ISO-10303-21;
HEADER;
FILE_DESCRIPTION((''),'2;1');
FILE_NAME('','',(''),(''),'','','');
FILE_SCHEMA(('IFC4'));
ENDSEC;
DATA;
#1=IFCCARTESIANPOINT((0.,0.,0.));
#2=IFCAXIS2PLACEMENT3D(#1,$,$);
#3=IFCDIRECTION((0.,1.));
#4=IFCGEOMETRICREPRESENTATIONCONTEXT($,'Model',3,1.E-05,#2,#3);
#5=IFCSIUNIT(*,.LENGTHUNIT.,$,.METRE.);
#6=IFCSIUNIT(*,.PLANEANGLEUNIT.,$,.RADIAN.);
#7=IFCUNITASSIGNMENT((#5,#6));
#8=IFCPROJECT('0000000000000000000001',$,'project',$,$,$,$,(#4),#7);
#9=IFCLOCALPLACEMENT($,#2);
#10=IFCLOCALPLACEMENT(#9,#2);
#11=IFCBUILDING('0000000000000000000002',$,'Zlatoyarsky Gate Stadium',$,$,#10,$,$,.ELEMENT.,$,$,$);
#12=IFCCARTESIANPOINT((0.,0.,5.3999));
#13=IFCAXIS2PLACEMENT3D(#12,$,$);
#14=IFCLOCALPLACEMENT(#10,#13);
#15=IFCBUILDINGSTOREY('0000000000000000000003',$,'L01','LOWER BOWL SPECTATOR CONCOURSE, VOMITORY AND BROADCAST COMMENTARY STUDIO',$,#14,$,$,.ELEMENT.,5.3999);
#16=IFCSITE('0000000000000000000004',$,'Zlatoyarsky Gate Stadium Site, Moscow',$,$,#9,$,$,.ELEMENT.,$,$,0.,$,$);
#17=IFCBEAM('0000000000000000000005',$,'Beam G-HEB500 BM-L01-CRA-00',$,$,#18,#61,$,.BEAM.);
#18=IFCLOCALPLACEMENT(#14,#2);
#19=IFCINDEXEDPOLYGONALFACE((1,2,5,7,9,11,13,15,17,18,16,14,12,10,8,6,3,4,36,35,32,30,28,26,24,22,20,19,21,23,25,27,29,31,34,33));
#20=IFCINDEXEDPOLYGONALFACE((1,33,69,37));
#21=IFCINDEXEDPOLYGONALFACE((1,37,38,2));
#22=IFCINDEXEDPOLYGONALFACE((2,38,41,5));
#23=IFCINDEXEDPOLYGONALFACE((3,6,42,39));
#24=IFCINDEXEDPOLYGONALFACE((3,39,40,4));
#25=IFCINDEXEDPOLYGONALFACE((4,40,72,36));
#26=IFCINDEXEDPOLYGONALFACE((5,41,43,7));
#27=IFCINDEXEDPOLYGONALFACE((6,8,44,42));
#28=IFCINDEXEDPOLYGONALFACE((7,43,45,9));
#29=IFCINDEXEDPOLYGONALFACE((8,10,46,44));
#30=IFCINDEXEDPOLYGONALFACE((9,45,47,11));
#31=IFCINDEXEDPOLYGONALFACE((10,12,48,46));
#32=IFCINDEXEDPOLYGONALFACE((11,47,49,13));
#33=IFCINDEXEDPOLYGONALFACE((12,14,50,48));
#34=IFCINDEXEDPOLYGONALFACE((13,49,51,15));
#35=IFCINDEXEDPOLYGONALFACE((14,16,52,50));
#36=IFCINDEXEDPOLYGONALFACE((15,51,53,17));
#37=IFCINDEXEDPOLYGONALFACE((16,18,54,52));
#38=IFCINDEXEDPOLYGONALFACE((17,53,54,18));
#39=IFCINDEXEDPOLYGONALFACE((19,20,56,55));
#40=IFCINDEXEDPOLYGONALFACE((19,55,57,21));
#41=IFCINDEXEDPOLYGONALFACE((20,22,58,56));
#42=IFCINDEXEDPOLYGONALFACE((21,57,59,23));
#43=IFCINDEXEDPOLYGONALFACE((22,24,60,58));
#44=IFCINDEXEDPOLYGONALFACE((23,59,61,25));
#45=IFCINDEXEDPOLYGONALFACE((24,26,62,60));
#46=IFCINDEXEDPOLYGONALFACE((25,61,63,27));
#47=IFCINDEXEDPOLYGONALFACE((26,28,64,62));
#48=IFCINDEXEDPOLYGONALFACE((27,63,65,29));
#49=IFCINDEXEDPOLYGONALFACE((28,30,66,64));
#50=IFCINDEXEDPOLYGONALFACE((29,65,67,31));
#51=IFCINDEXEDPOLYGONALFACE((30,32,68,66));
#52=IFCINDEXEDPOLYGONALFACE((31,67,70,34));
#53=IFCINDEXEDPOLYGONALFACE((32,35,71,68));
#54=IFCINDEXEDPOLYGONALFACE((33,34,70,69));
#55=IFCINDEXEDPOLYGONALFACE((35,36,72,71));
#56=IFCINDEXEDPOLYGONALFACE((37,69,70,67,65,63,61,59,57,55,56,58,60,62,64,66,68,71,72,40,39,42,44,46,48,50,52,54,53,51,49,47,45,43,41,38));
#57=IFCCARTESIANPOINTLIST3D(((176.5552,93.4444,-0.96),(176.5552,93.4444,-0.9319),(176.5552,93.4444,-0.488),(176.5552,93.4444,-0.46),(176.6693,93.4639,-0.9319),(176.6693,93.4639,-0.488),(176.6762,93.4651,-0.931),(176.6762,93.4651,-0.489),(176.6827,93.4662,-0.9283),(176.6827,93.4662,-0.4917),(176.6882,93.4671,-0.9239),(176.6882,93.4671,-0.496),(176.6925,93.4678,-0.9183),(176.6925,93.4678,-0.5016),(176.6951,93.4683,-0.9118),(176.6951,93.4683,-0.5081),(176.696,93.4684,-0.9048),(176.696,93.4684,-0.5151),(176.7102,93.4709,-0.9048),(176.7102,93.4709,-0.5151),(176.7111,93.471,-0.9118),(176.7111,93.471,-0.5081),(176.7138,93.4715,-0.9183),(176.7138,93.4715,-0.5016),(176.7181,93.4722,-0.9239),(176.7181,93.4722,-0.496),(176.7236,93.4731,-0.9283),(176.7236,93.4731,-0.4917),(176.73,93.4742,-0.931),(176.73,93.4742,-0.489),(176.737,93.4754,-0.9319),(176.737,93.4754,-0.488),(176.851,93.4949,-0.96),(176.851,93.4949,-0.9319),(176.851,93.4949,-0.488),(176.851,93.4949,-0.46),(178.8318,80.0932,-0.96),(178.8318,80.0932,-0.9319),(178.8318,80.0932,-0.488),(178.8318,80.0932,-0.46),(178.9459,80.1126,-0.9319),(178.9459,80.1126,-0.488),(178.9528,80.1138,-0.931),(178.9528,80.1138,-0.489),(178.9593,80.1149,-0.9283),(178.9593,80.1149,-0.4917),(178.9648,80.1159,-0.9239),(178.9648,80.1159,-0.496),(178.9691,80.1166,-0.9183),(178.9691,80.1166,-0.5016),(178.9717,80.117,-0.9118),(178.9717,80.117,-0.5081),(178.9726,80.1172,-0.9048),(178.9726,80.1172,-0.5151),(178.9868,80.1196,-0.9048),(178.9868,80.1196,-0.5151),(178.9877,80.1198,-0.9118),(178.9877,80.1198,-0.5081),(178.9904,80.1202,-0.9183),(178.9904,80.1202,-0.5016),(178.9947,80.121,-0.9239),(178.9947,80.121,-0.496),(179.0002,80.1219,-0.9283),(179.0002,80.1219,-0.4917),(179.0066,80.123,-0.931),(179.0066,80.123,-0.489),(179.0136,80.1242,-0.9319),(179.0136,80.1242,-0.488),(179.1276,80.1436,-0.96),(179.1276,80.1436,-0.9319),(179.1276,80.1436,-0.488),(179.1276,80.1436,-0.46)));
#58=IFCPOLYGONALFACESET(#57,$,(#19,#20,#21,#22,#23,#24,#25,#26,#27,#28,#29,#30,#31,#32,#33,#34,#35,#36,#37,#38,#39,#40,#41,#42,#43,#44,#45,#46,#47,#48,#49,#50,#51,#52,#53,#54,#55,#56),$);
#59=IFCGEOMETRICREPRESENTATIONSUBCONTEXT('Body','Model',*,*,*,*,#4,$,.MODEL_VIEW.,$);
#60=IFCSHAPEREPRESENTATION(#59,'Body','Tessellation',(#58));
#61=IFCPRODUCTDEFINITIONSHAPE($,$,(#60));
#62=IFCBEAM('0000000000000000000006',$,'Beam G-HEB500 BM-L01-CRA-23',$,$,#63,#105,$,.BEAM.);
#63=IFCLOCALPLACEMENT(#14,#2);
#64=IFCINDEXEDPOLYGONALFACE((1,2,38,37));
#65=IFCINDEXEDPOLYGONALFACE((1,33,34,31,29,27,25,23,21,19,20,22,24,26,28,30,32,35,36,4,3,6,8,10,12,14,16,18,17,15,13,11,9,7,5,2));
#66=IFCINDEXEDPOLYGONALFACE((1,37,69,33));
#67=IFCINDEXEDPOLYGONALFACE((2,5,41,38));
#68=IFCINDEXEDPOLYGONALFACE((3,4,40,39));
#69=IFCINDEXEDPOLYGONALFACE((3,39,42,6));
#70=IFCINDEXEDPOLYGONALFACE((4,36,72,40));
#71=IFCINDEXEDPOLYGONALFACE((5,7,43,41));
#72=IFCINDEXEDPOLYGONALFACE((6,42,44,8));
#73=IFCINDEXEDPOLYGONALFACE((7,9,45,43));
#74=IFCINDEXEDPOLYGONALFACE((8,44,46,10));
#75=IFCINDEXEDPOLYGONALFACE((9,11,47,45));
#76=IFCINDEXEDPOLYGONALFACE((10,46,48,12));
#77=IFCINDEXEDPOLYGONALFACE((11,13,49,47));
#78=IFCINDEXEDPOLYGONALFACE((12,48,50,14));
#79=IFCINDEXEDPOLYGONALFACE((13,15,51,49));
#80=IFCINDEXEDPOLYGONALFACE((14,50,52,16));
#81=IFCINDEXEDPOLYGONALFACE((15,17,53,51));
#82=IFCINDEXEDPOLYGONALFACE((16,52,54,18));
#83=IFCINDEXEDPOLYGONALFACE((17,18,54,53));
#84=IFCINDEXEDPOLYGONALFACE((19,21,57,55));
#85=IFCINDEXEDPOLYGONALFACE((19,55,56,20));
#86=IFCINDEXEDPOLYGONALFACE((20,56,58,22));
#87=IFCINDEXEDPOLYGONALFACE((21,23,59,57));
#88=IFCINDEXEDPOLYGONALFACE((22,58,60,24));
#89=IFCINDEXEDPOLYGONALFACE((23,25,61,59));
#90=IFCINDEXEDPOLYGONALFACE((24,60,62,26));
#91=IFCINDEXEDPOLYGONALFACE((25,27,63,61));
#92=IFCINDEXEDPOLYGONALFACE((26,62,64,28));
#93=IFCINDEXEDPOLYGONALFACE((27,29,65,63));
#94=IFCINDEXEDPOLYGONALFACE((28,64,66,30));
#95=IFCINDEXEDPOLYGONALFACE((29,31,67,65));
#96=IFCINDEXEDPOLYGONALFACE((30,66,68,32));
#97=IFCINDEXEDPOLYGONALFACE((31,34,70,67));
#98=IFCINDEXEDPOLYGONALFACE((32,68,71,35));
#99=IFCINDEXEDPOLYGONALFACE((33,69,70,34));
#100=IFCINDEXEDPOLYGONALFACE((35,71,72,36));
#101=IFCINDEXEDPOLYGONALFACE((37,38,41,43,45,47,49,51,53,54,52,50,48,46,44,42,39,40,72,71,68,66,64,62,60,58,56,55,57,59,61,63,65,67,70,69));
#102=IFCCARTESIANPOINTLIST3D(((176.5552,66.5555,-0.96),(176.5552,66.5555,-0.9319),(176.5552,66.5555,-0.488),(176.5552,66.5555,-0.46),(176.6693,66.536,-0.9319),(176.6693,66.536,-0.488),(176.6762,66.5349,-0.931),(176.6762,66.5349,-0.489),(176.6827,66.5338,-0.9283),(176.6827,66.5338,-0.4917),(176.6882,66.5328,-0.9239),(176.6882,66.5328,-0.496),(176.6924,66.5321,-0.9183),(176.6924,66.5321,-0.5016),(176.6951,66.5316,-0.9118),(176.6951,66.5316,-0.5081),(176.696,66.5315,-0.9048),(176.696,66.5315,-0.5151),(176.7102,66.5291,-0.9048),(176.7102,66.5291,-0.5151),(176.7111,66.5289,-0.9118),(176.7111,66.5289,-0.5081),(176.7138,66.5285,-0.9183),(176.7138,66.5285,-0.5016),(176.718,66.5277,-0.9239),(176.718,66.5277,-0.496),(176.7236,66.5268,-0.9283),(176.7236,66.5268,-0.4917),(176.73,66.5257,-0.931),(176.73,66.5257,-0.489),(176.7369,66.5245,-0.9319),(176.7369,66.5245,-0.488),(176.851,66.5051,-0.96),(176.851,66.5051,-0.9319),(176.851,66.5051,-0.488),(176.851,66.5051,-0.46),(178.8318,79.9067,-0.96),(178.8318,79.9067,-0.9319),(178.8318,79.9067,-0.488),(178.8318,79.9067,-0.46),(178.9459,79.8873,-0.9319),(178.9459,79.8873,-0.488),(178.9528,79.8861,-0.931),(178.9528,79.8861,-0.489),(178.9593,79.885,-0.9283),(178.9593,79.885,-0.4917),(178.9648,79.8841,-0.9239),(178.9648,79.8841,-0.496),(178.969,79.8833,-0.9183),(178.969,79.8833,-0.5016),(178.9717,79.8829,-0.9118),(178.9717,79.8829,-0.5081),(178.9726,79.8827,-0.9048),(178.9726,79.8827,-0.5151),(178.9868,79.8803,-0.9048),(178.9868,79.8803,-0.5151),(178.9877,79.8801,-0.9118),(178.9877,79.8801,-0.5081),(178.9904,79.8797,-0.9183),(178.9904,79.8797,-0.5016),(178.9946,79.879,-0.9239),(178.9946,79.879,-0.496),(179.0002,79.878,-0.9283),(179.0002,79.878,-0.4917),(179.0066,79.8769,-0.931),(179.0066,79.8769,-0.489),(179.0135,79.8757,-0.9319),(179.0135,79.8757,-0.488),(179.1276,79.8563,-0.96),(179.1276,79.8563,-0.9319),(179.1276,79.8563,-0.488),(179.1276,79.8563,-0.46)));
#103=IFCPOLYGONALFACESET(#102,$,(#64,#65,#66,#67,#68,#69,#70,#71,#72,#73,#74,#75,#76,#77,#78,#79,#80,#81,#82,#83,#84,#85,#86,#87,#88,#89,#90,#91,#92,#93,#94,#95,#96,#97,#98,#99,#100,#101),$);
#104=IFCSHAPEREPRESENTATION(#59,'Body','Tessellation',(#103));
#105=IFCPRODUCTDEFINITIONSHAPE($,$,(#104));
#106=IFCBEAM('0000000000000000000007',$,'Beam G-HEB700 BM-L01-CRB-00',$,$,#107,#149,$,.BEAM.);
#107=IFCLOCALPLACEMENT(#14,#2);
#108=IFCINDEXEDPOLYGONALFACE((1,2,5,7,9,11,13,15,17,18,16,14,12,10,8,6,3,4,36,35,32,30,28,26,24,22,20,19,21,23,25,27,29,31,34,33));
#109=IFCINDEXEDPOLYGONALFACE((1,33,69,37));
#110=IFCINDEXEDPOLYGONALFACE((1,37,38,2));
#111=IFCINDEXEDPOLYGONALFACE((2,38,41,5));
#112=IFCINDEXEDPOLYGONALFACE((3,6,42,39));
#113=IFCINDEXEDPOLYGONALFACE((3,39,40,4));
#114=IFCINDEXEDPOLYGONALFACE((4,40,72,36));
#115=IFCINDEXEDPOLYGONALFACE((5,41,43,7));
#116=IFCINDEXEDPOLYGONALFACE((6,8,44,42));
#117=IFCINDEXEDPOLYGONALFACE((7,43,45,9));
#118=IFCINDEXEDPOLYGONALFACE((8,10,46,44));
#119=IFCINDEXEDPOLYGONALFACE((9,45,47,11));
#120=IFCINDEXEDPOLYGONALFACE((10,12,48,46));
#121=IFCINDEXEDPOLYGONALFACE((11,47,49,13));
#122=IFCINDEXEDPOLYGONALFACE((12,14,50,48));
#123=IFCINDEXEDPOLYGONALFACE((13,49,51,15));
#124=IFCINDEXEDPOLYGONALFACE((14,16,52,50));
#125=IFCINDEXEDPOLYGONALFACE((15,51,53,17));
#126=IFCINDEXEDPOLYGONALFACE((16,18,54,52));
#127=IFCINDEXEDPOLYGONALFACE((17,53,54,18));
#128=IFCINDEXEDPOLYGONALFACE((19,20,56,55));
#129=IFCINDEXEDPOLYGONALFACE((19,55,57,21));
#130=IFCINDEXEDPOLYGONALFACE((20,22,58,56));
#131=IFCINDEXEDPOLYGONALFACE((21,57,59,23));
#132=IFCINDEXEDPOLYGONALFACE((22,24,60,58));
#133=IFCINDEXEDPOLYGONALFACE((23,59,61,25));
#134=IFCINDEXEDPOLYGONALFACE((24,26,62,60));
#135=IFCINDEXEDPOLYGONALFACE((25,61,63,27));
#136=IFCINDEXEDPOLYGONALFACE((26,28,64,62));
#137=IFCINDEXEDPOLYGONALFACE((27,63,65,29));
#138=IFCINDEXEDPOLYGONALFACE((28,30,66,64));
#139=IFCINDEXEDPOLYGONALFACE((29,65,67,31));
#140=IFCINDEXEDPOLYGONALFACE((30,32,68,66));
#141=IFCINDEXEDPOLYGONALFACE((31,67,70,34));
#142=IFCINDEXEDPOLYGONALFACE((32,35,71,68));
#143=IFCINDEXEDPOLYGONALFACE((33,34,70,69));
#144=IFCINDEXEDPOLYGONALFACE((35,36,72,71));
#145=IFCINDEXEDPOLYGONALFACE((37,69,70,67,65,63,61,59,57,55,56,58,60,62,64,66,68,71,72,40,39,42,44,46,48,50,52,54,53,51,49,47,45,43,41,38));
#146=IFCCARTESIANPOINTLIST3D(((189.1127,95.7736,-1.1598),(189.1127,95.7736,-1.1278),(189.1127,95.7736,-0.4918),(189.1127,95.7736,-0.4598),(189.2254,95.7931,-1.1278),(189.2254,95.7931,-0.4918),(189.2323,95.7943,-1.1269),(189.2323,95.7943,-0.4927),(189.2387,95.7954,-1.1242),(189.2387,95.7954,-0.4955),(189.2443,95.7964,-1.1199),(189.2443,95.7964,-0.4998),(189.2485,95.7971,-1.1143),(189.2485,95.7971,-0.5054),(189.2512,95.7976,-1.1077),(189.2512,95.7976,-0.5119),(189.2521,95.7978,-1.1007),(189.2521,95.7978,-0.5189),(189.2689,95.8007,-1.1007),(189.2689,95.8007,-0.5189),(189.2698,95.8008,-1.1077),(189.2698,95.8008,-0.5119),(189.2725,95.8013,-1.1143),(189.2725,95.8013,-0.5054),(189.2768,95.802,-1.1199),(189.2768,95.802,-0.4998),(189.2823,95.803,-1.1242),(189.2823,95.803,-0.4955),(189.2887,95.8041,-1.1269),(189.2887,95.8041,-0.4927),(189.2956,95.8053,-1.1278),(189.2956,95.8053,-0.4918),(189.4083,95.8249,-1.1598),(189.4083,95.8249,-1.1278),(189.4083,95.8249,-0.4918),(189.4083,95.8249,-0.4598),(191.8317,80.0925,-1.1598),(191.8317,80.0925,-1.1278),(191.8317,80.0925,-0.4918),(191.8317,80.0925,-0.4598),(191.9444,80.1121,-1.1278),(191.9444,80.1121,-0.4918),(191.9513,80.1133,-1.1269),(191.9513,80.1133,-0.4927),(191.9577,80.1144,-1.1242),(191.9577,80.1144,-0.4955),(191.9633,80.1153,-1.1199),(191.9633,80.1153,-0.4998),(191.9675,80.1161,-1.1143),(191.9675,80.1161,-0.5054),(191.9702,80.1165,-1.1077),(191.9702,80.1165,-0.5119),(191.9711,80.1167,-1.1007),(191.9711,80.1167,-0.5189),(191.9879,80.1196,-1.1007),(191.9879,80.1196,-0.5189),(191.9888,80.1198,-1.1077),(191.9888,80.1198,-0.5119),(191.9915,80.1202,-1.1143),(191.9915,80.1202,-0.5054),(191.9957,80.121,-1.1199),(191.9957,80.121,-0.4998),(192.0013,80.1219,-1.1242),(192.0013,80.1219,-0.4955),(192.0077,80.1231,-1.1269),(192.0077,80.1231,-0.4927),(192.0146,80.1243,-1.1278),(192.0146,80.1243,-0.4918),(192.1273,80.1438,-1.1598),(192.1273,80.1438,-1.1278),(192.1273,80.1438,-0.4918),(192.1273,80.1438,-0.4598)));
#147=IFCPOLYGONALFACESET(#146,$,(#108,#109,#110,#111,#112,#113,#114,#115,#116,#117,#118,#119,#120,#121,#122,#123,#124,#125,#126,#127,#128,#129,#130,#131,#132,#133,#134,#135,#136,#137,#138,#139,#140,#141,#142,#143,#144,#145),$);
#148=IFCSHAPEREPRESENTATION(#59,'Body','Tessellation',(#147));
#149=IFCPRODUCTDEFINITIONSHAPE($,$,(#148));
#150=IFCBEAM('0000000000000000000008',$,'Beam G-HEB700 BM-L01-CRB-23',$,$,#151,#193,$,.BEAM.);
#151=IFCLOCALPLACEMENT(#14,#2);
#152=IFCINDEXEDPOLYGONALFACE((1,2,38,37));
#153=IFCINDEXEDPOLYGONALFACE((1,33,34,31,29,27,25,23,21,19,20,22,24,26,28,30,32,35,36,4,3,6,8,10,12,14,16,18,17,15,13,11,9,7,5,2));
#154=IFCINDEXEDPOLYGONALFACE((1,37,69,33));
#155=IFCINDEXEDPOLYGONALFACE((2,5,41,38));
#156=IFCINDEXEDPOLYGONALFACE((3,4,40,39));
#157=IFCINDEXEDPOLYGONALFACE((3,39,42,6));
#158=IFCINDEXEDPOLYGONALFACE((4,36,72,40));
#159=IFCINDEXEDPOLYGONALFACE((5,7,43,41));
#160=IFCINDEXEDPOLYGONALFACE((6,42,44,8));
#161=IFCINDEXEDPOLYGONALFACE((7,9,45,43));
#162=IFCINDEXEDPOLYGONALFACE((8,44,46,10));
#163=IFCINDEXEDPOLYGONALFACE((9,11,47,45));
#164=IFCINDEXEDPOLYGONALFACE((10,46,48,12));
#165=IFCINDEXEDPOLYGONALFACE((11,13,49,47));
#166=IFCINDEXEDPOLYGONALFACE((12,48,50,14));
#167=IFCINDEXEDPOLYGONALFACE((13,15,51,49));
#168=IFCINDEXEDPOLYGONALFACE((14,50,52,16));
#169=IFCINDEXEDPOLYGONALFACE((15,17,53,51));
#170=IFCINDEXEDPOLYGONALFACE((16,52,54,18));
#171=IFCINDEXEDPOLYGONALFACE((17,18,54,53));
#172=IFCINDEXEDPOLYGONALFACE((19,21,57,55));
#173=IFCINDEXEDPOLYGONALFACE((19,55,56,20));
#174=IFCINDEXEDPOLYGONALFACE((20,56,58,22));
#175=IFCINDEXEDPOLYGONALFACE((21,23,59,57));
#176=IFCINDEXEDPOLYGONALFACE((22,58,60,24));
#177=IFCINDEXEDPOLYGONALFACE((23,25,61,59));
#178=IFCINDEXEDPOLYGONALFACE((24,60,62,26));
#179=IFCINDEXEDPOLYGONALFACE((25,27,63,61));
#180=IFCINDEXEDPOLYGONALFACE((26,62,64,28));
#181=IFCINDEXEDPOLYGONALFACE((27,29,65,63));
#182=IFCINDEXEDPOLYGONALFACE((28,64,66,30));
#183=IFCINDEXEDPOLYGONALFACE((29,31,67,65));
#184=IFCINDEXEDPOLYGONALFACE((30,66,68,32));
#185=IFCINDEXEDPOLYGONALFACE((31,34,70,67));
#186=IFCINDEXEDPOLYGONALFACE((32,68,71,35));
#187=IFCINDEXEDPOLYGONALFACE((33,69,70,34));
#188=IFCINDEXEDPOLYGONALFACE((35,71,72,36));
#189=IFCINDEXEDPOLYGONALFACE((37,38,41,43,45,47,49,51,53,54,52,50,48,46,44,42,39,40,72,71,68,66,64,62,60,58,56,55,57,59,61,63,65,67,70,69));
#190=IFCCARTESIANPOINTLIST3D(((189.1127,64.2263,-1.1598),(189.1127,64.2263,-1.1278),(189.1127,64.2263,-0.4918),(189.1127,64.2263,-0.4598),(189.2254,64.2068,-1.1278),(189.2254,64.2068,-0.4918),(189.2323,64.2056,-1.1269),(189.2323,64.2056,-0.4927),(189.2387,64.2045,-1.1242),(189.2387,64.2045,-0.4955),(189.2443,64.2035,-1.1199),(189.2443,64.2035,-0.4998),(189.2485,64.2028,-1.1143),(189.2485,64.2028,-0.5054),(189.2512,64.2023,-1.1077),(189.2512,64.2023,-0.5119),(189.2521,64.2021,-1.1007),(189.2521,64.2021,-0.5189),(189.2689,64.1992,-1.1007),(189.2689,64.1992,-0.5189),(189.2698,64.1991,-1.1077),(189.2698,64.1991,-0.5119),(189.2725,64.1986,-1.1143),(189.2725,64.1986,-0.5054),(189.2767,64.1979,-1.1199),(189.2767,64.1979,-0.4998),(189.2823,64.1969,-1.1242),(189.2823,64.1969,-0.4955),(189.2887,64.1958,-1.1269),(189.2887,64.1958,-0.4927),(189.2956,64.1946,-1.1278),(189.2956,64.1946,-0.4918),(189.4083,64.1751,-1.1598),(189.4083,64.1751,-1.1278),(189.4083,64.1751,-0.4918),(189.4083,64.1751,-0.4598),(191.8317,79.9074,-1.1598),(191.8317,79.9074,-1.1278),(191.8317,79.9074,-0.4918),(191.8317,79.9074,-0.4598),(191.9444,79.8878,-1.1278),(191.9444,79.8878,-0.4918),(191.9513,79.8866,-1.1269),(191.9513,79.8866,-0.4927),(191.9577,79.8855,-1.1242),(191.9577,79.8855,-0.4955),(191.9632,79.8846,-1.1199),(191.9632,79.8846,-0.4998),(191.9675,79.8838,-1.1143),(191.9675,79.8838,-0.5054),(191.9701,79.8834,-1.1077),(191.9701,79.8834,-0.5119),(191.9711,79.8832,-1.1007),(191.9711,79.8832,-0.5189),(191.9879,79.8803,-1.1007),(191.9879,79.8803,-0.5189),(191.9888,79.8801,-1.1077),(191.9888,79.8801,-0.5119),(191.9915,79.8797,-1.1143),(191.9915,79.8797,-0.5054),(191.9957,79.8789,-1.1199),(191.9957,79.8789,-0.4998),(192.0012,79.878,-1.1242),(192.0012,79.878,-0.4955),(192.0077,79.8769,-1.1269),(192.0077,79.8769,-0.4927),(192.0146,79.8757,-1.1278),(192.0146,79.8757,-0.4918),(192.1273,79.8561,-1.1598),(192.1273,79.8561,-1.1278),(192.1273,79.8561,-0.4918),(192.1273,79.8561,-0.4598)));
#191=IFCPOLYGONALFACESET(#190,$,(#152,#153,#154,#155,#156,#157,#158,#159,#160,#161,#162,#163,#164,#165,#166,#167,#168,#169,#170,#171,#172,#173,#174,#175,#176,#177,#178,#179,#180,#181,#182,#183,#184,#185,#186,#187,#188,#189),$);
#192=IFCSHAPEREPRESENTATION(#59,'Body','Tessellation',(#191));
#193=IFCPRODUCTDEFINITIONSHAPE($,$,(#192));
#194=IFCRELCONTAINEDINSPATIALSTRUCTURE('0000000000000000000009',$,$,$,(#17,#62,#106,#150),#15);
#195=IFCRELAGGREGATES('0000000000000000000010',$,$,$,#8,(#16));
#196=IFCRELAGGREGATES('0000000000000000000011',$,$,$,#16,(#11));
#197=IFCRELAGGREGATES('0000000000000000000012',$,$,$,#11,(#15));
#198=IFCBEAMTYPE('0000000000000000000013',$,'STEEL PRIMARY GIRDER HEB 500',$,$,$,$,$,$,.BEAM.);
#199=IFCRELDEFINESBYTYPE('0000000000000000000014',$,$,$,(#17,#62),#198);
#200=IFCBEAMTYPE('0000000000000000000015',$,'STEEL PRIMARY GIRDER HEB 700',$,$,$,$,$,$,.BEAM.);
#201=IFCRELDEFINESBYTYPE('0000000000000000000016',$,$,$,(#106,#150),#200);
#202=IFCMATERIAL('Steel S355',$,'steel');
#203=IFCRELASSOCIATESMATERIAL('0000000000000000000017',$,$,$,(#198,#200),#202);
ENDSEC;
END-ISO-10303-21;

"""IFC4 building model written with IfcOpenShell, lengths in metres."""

from ifc_helpers import new_model, si_unit, direction, frame, origin, origin_2d, place, context, subcontext, project, spatial, i_section, extrude, material, material_profile, profile_set, type_object, element, save


model = new_model("IFC4")

# Units and contexts
model_context = context("Model", 3, precision=1e-05, world=origin(), true_north=direction((0.0, 1.0)))
body_context = subcontext(model_context, "Body", "Model", "MODEL_VIEW")
ifc_project = project(units=[si_unit("LENGTHUNIT", "METRE"), si_unit("PLANEANGLEUNIT", "RADIAN")], contexts=[model_context])

# Site, building, storey
site_placement = place(None, origin())
site = spatial("IfcSite", under=ifc_project, at=site_placement, Name="Zlatoyarsky Gate Stadium Site, Moscow", CompositionType="ELEMENT", RefElevation=0.0)
building_placement = place(site_placement, origin())
building = spatial("IfcBuilding", under=site, at=building_placement, Name="Zlatoyarsky Gate Stadium", CompositionType="ELEMENT")
storey_placement = place(building_placement, frame((0.0, 0.0, 5.3999)))
storey = spatial("IfcBuildingStorey", under=building, at=storey_placement, Name="L01", Description="LOWER BOWL SPECTATOR CONCOURSE, VOMITORY AND BROADCAST COMMENTARY STUDIO", CompositionType="ELEMENT", Elevation=5.3999)

# Beams
ifc_material_1 = material(Name="Steel S355", Category="steel")
ifc_material_profile_1 = material_profile(ifc_material_1, i_section(OverallWidth=0.3, OverallDepth=0.5, WebThickness=0.0144, FlangeThickness=0.0281, FilletRadius=0.0271, at=origin_2d()), Name="HEB 500")
ifc_profile_set_1 = profile_set([ifc_material_profile_1], Name="Steel S355")
beam_type_1 = type_object("IfcBeamType", Name="STEEL PRIMARY GIRDER HEB 500", PredefinedType="BEAM", material=ifc_profile_set_1)
for number, where, z_axis, x_axis, name in (
    (1, (178.9797, 80.1184, -0.71), (-0.16809, 0.985772, 0.0), (-0.985772, -0.16809, 0.0), "Beam G-HEB500 BM-L01-CRA-00"),
    (2, (176.7031, 66.5303, -0.71), (0.16809, 0.985772, 0.0), (-0.985772, 0.16809, 0.0), "Beam G-HEB500 BM-L01-CRA-23"),
):
    element("IfcBeam", number, at=place(storey_placement, frame(where, z_axis=z_axis, x_axis=x_axis)), inside=storey, type_object=beam_type_1, Name=name, PredefinedType="BEAM", context=body_context, shape_type="SweptSolid", body=[
        extrude(i_section(OverallWidth=0.3, OverallDepth=0.5, WebThickness=0.0144, FlangeThickness=0.0281, FilletRadius=0.0271, at=origin_2d()), origin(), (0.0, 0.0, 1.0), 13.5439),
    ])
ifc_material_profile_2 = material_profile(ifc_material_1, i_section(OverallWidth=0.3, OverallDepth=0.7, WebThickness=0.0171, FlangeThickness=0.032, FilletRadius=0.0271, at=origin_2d()), Name="HEB 700")
ifc_profile_set_2 = profile_set([ifc_material_profile_2], Name="Steel S355")
beam_type_2 = type_object("IfcBeamType", Name="STEEL PRIMARY GIRDER HEB 700", PredefinedType="BEAM", material=ifc_profile_set_2)
for number, where, z_axis, x_axis, name in (
    (3, (191.9795, 80.1182, -0.8098), (-0.170843, 0.985298, 0.0), (-0.985298, -0.170843, 0.0), "Beam G-HEB700 BM-L01-CRB-00"),
    (4, (189.2605, 64.2007, -0.8098), (0.170843, 0.985298, 0.0), (-0.985298, 0.170843, 0.0), "Beam G-HEB700 BM-L01-CRB-23"),
):
    element("IfcBeam", number, at=place(storey_placement, frame(where, z_axis=z_axis, x_axis=x_axis)), inside=storey, type_object=beam_type_2, Name=name, PredefinedType="BEAM", context=body_context, shape_type="SweptSolid", body=[
        extrude(i_section(OverallWidth=0.3, OverallDepth=0.7, WebThickness=0.0171, FlangeThickness=0.032, FilletRadius=0.0271, at=origin_2d()), origin(), (0.0, 0.0, 1.0), 15.915),
    ])

save(model, "model.ifc")
